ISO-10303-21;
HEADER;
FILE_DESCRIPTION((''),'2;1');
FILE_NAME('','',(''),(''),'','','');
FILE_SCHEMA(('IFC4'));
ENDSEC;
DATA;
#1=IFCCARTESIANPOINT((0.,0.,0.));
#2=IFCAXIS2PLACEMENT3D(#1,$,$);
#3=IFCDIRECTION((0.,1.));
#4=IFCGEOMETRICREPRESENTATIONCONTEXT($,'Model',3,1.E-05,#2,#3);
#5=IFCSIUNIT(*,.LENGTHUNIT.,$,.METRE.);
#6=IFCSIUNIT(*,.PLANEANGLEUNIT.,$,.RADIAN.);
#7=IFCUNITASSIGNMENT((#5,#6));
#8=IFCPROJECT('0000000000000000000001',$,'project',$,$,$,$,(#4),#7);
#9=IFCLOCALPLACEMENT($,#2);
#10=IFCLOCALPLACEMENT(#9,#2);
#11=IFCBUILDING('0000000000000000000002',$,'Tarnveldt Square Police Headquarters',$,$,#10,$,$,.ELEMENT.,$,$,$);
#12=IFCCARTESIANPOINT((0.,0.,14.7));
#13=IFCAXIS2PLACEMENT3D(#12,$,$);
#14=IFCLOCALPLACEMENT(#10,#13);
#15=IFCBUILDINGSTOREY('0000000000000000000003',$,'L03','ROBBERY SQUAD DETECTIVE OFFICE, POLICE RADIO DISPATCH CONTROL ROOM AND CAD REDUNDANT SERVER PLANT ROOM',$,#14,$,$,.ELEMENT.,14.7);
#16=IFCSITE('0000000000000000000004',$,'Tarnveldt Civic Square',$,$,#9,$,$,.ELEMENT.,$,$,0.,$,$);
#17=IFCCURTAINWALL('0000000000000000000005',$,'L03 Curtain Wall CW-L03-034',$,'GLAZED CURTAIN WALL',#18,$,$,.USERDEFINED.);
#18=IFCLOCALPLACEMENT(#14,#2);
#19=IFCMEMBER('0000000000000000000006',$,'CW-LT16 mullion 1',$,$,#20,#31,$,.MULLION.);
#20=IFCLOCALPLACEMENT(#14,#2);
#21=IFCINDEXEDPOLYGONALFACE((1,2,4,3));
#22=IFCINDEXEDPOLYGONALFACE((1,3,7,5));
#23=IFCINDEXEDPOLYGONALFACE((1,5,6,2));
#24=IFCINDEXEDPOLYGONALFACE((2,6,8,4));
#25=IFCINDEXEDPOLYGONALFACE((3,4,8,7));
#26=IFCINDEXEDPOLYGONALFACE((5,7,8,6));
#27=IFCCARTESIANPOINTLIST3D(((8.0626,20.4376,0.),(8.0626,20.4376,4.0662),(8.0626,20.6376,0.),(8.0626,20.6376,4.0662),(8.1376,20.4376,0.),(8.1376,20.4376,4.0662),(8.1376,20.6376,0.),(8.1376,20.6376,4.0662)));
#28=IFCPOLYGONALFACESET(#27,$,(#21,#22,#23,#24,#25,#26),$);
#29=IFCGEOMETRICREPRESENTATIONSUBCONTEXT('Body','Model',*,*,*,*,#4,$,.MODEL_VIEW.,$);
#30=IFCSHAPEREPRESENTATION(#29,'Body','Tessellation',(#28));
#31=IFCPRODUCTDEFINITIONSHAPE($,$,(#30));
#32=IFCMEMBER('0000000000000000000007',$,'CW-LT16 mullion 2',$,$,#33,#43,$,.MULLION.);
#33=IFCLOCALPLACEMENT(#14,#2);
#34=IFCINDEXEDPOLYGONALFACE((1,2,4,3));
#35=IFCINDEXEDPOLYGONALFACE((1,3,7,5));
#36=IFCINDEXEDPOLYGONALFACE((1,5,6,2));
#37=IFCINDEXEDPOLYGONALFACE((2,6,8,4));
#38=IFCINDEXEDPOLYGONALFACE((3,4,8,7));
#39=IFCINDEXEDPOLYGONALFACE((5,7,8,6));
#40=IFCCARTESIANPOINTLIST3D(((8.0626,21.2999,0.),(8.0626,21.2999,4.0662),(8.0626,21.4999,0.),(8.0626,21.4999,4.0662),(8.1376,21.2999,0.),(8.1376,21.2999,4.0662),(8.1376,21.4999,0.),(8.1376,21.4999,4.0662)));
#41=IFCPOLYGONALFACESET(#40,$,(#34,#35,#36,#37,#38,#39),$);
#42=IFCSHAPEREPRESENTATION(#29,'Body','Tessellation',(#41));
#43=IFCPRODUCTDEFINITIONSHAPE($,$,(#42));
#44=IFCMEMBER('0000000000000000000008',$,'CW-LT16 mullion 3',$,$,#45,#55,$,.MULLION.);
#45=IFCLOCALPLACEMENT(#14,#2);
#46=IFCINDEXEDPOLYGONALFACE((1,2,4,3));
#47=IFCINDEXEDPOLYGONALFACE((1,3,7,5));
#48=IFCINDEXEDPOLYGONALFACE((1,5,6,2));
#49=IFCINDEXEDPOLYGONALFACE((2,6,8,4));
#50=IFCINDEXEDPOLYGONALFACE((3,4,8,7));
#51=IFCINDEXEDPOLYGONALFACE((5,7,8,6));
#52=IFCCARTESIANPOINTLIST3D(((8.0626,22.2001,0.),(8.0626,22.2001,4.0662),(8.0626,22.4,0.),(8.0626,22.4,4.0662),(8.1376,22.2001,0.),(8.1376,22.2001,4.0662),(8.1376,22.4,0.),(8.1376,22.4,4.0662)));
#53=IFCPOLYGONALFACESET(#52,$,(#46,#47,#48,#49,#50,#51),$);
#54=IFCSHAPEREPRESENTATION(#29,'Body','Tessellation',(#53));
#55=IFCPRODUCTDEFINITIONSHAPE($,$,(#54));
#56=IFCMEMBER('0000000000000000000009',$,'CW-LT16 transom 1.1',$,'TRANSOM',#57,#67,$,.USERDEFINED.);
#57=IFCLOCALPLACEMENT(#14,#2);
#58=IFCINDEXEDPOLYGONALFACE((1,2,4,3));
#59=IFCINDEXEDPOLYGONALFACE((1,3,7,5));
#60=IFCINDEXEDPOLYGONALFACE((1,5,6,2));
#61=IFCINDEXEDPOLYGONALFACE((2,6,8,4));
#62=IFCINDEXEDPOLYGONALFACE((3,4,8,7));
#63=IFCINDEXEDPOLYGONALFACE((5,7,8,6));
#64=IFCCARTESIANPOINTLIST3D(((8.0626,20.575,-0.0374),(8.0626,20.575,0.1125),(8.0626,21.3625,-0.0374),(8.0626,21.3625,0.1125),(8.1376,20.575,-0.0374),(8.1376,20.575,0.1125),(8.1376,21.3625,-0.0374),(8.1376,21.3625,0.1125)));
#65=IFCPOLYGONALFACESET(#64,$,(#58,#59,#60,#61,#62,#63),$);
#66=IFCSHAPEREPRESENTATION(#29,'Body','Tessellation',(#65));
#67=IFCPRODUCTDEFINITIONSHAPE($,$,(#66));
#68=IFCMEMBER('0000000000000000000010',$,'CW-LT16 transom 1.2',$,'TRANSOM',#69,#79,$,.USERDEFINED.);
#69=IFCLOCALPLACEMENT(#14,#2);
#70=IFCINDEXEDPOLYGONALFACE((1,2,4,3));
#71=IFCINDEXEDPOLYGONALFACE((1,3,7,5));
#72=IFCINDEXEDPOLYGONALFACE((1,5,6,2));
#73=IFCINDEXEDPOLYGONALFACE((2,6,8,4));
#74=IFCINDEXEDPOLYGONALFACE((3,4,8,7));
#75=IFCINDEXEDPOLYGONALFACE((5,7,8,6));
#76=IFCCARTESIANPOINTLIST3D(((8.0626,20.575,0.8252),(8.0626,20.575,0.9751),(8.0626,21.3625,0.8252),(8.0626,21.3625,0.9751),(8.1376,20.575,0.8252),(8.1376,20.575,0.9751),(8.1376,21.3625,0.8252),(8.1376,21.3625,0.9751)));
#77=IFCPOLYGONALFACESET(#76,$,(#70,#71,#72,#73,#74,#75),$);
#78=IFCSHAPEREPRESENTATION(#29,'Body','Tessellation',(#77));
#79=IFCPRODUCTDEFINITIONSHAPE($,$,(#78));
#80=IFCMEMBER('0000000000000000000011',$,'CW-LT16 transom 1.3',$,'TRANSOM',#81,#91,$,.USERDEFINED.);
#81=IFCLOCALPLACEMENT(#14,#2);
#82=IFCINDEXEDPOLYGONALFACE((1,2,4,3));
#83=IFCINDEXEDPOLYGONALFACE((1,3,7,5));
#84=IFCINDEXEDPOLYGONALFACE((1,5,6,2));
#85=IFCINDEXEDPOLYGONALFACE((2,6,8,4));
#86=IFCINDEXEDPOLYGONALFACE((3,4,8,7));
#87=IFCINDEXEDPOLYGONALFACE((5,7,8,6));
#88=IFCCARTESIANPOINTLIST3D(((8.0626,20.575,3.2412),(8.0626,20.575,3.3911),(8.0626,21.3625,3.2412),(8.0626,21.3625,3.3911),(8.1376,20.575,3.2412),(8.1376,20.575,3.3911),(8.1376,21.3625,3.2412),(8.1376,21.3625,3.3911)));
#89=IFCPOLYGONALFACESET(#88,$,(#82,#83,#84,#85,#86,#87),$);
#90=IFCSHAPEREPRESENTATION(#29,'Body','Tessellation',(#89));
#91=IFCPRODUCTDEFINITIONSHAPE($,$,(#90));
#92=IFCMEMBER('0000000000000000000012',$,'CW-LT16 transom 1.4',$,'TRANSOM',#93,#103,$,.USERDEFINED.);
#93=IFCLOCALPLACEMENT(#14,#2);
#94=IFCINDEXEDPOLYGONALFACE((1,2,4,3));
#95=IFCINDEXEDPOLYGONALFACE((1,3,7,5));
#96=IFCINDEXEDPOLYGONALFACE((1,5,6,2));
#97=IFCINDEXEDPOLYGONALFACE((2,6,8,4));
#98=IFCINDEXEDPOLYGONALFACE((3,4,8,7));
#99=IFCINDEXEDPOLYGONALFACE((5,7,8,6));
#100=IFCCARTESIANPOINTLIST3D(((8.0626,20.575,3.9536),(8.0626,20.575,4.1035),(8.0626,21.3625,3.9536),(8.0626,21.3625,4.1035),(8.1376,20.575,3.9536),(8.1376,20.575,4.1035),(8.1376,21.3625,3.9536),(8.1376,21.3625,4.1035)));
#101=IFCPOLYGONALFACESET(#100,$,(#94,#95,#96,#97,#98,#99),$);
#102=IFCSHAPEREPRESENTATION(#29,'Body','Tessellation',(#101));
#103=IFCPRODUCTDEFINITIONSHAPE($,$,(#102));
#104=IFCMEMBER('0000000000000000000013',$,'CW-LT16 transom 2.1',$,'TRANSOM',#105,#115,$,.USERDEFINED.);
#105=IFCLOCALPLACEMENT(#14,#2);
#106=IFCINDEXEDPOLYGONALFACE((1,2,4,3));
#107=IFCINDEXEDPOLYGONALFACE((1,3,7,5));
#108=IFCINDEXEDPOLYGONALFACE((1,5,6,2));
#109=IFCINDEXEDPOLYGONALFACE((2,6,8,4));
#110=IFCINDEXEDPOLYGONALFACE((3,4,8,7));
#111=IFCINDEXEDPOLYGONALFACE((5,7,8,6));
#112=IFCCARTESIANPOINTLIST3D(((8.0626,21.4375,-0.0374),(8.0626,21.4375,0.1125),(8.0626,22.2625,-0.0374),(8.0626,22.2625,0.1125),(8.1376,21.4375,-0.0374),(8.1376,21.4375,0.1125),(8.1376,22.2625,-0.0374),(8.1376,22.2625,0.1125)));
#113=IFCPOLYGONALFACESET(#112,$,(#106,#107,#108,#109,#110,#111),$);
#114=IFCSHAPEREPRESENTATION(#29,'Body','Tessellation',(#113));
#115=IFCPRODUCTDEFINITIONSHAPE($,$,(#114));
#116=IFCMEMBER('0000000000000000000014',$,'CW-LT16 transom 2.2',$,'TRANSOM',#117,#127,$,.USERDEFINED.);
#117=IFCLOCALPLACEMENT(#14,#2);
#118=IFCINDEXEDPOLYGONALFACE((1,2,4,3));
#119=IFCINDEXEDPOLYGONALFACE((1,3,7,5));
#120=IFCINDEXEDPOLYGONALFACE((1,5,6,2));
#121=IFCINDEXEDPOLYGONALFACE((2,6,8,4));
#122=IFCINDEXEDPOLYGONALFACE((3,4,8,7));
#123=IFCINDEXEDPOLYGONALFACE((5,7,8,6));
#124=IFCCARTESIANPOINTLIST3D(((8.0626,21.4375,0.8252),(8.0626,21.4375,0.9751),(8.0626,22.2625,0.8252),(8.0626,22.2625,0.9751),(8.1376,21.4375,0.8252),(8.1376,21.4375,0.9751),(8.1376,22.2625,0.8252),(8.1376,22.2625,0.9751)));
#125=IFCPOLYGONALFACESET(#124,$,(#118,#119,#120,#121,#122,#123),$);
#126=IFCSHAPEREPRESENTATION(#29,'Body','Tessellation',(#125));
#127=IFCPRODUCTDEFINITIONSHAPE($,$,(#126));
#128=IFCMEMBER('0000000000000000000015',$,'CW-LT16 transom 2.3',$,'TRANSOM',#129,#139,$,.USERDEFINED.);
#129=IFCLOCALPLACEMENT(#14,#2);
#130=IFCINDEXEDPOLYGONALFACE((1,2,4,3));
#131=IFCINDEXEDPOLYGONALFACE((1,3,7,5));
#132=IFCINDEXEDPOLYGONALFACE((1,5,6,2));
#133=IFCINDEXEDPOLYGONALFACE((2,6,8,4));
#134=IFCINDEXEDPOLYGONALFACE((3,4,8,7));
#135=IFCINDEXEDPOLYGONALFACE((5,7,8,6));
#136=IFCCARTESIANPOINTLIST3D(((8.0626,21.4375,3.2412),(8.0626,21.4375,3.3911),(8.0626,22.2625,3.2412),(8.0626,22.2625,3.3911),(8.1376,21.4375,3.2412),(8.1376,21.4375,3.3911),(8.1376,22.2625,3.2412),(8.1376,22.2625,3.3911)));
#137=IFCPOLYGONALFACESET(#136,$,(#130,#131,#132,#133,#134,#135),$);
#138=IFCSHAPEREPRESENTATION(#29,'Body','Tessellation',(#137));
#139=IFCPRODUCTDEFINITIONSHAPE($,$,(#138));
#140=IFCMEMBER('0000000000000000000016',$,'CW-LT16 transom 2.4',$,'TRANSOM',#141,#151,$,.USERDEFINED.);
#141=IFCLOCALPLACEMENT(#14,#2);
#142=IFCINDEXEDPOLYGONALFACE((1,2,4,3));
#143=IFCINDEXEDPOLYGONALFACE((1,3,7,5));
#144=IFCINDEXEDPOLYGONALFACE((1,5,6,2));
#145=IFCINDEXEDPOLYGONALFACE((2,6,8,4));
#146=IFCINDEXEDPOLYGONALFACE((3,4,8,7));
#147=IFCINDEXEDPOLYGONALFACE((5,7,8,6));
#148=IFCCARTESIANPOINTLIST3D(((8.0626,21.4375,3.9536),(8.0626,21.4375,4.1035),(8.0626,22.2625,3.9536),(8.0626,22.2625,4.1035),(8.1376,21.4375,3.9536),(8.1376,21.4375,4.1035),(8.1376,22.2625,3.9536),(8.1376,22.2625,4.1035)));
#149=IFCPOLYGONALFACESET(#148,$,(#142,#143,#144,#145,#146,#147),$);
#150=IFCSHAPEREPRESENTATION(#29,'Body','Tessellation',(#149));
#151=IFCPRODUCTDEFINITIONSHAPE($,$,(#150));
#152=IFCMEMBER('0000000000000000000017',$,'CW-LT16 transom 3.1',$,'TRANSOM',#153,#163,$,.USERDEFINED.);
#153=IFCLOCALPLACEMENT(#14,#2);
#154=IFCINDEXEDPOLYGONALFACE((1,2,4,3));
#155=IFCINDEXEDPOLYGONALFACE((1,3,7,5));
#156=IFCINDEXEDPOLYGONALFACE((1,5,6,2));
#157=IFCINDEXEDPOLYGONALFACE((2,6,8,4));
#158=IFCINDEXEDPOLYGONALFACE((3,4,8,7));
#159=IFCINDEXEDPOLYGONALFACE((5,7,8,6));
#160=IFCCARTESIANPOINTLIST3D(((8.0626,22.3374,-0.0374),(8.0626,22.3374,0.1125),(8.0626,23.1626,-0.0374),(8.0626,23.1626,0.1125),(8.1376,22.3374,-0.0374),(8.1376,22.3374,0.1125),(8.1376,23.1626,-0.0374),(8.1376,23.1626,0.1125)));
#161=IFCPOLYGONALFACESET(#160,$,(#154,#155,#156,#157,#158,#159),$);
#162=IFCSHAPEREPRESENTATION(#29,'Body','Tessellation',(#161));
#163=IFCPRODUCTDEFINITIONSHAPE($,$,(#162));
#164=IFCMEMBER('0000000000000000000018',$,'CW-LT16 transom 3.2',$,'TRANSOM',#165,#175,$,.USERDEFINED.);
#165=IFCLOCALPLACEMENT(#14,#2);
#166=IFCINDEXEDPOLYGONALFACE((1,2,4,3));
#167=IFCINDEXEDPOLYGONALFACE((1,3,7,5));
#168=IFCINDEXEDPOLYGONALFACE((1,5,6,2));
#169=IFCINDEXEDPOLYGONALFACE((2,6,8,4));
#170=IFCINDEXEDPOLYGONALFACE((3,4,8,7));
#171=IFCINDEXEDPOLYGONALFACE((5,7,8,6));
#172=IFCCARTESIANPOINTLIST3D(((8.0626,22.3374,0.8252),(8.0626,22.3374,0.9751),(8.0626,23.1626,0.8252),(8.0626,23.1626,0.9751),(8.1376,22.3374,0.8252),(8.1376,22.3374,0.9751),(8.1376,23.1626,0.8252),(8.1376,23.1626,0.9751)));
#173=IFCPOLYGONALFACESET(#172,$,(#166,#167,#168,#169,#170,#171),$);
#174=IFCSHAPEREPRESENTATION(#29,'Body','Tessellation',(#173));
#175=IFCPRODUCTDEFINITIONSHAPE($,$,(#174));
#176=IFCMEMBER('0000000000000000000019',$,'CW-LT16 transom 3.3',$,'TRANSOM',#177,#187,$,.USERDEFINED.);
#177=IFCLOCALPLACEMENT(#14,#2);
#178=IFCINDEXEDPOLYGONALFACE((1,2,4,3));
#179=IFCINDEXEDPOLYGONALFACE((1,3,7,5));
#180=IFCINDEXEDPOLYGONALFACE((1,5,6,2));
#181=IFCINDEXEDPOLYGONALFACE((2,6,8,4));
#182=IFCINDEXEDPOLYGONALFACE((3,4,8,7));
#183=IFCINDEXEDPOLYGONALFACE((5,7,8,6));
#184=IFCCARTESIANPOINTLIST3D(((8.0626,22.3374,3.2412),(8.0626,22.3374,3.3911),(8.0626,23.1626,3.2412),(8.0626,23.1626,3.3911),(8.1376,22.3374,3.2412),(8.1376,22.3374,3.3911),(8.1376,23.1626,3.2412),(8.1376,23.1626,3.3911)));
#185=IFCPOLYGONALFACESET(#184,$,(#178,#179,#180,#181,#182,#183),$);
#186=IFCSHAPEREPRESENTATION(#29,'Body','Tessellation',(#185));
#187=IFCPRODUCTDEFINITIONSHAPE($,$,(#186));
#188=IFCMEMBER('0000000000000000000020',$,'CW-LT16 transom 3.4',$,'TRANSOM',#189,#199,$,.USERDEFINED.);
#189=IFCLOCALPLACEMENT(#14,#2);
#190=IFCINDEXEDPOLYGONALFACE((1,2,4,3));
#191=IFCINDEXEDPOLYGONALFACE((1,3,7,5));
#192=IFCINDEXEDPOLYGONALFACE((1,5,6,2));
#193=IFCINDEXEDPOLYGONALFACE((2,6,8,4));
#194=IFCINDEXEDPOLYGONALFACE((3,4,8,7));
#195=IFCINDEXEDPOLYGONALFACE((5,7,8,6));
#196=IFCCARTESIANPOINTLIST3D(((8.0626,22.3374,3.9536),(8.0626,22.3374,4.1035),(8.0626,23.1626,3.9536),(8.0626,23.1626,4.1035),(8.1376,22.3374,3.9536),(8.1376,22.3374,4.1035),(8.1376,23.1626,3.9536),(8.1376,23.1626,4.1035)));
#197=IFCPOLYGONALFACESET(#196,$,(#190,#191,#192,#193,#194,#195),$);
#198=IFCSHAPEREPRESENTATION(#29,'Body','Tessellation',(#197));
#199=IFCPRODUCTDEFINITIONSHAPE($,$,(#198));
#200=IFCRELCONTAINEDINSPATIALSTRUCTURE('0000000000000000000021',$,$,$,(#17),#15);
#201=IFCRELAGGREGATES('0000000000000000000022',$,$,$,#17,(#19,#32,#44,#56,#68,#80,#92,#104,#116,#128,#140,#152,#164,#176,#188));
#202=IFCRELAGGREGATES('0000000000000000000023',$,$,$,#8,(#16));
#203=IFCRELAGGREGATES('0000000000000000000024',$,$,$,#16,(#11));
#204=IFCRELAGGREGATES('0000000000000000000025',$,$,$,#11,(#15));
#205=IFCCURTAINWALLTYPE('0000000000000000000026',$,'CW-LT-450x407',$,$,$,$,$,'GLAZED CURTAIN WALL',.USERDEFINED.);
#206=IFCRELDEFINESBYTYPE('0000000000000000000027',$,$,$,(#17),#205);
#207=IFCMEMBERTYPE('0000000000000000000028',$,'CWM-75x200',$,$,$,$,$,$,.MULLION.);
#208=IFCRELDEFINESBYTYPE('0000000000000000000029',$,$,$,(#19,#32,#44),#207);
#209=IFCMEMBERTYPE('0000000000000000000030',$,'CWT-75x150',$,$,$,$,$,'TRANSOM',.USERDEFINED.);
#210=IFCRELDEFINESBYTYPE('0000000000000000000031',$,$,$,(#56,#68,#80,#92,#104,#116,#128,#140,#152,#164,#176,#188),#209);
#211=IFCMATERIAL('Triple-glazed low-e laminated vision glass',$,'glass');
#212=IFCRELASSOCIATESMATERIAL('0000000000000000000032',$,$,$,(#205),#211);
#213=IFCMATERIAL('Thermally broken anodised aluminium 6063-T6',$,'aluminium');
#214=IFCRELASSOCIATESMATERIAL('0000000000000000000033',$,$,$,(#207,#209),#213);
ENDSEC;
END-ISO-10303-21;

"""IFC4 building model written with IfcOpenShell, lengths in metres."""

from ifc_helpers import new_model, si_unit, direction, frame, origin, origin_2d, place, context, subcontext, project, spatial, rectangle, extrude, material, material_profile, profile_set, type_object, element, aggregate, save


model = new_model("IFC4")

# Units and contexts
model_context = context("Model", 3, precision=1e-05, world=origin(), true_north=direction((0.0, 1.0)))
body_context = subcontext(model_context, "Body", "Model", "MODEL_VIEW")
ifc_project = project(units=[si_unit("LENGTHUNIT", "METRE"), si_unit("PLANEANGLEUNIT", "RADIAN")], contexts=[model_context])

# Site, building, storey
site_placement = place(None, origin())
site = spatial("IfcSite", under=ifc_project, at=site_placement, Name="Tarnveldt Civic Square", CompositionType="ELEMENT", RefElevation=0.0)
building_placement = place(site_placement, origin())
building = spatial("IfcBuilding", under=site, at=building_placement, Name="Tarnveldt Square Police Headquarters", CompositionType="ELEMENT")
storey_placement = place(building_placement, frame((0.0, 0.0, 14.7)))
storey = spatial("IfcBuildingStorey", under=building, at=storey_placement, Name="L03", Description="ROBBERY SQUAD DETECTIVE OFFICE, POLICE RADIO DISPATCH CONTROL ROOM AND CAD REDUNDANT SERVER PLANT ROOM", CompositionType="ELEMENT", Elevation=14.7)

# Curtain wall, members
ifc_material_1 = material(Name="Triple-glazed low-e laminated vision glass", Category="glass")
curtain_wall_type = type_object("IfcCurtainWallType", Name="CW-LT-450x407", ElementType="GLAZED CURTAIN WALL", PredefinedType="USERDEFINED", material=ifc_material_1)
curtain_wall_placement = place(storey_placement, origin())
curtain_wall = element("IfcCurtainWall", 1, at=curtain_wall_placement, inside=storey, type_object=curtain_wall_type, Name="L03 Curtain Wall CW-L03-034", ObjectType="GLAZED CURTAIN WALL", PredefinedType="USERDEFINED")
ifc_material_2 = material(Name="Thermally broken anodised aluminium 6063-T6", Category="aluminium")
ifc_material_profile_1 = material_profile(ifc_material_2, rectangle(XDim=0.075, YDim=0.2, at=origin_2d()), Name="CW-M75x200")
ifc_profile_set_1 = profile_set([ifc_material_profile_1], Name="Thermally broken anodised aluminium 6063-T6")
member_type_1 = type_object("IfcMemberType", Name="CWM-75x200", PredefinedType="MULLION", material=ifc_profile_set_1)
member_1_placement = place(storey_placement, frame((8.1001, 20.5376, 0.0), z_axis=(0.0, 0.0, 1.0), x_axis=(-1.0, 0.0, 0.0)))
member_1 = element("IfcMember", 2, at=member_1_placement, type_object=member_type_1, Name="CW-LT16 mullion 1", PredefinedType="MULLION", context=body_context, shape_type="SweptSolid", body=[
    extrude(rectangle(XDim=0.075, YDim=0.2, at=origin_2d()), origin(), (0.0, 0.0, 1.0), 4.0662),
])
member_2_placement = place(storey_placement, frame((8.1001, 21.3999, 0.0), z_axis=(0.0, 0.0, 1.0), x_axis=(-1.0, 0.0, 0.0)))
member_2 = element("IfcMember", 3, at=member_2_placement, type_object=member_type_1, Name="CW-LT16 mullion 2", PredefinedType="MULLION", context=body_context, shape_type="SweptSolid", body=[
    extrude(rectangle(XDim=0.075, YDim=0.2, at=origin_2d()), origin(), (0.0, 0.0, 1.0), 4.0662),
])
member_3_placement = place(storey_placement, frame((8.1001, 22.3, 0.0), z_axis=(0.0, 0.0, 1.0), x_axis=(-1.0, 0.0, 0.0)))
member_3 = element("IfcMember", 4, at=member_3_placement, type_object=member_type_1, Name="CW-LT16 mullion 3", PredefinedType="MULLION", context=body_context, shape_type="SweptSolid", body=[
    extrude(rectangle(XDim=0.075, YDim=0.2, at=origin_2d()), origin(), (0.0, 0.0, 1.0), 4.0662),
])
ifc_material_profile_2 = material_profile(ifc_material_2, rectangle(XDim=0.075, YDim=0.1499, at=origin_2d()), Name="CW-T75x150")
ifc_profile_set_2 = profile_set([ifc_material_profile_2], Name="Thermally broken anodised aluminium 6063-T6")
member_type_2 = type_object("IfcMemberType", Name="CWT-75x150", ElementType="TRANSOM", PredefinedType="USERDEFINED", material=ifc_profile_set_2)
member_4_placement = place(storey_placement, frame((8.1001, 20.575, 0.0376), z_axis=(0.0, 1.0, 0.0), x_axis=(-1.0, 0.0, 0.0)))
member_4 = element("IfcMember", 5, at=member_4_placement, type_object=member_type_2, Name="CW-LT16 transom 1.1", ObjectType="TRANSOM", PredefinedType="USERDEFINED", context=body_context, shape_type="SweptSolid", body=[
    extrude(rectangle(XDim=0.075, YDim=0.1499, at=origin_2d()), origin(), (0.0, 0.0, 1.0), 0.7876),
])
member_5_placement = place(storey_placement, frame((8.1001, 20.575, 0.9001), z_axis=(0.0, 1.0, 0.0), x_axis=(-1.0, 0.0, 0.0)))
member_5 = element("IfcMember", 6, at=member_5_placement, type_object=member_type_2, Name="CW-LT16 transom 1.2", ObjectType="TRANSOM", PredefinedType="USERDEFINED", context=body_context, shape_type="SweptSolid", body=[
    extrude(rectangle(XDim=0.075, YDim=0.1499, at=origin_2d()), origin(), (0.0, 0.0, 1.0), 0.7876),
])
member_6_placement = place(storey_placement, frame((8.1001, 20.575, 3.3162), z_axis=(0.0, 1.0, 0.0), x_axis=(-1.0, 0.0, 0.0)))
member_6 = element("IfcMember", 7, at=member_6_placement, type_object=member_type_2, Name="CW-LT16 transom 1.3", ObjectType="TRANSOM", PredefinedType="USERDEFINED", context=body_context, shape_type="SweptSolid", body=[
    extrude(rectangle(XDim=0.075, YDim=0.1499, at=origin_2d()), origin(), (0.0, 0.0, 1.0), 0.7876),
])
member_7_placement = place(storey_placement, frame((8.1001, 20.575, 4.0286), z_axis=(0.0, 1.0, 0.0), x_axis=(-1.0, 0.0, 0.0)))
member_7 = element("IfcMember", 8, at=member_7_placement, type_object=member_type_2, Name="CW-LT16 transom 1.4", ObjectType="TRANSOM", PredefinedType="USERDEFINED", context=body_context, shape_type="SweptSolid", body=[
    extrude(rectangle(XDim=0.075, YDim=0.1499, at=origin_2d()), origin(), (0.0, 0.0, 1.0), 0.7876),
])
member_8_placement = place(storey_placement, frame((8.1001, 21.4375, 0.0376), z_axis=(0.0, 1.0, 0.0), x_axis=(-1.0, 0.0, 0.0)))
member_8 = element("IfcMember", 9, at=member_8_placement, type_object=member_type_2, Name="CW-LT16 transom 2.1", ObjectType="TRANSOM", PredefinedType="USERDEFINED", context=body_context, shape_type="SweptSolid", body=[
    extrude(rectangle(XDim=0.075, YDim=0.1499, at=origin_2d()), origin(), (0.0, 0.0, 1.0), 0.825),
])
member_9_placement = place(storey_placement, frame((8.1001, 21.4375, 0.9001), z_axis=(0.0, 1.0, 0.0), x_axis=(-1.0, 0.0, 0.0)))
member_9 = element("IfcMember", 10, at=member_9_placement, type_object=member_type_2, Name="CW-LT16 transom 2.2", ObjectType="TRANSOM", PredefinedType="USERDEFINED", context=body_context, shape_type="SweptSolid", body=[
    extrude(rectangle(XDim=0.075, YDim=0.1499, at=origin_2d()), origin(), (0.0, 0.0, 1.0), 0.825),
])
member_10_placement = place(storey_placement, frame((8.1001, 21.4375, 3.3162), z_axis=(0.0, 1.0, 0.0), x_axis=(-1.0, 0.0, 0.0)))
member_10 = element("IfcMember", 11, at=member_10_placement, type_object=member_type_2, Name="CW-LT16 transom 2.3", ObjectType="TRANSOM", PredefinedType="USERDEFINED", context=body_context, shape_type="SweptSolid", body=[
    extrude(rectangle(XDim=0.075, YDim=0.1499, at=origin_2d()), origin(), (0.0, 0.0, 1.0), 0.825),
])
member_11_placement = place(storey_placement, frame((8.1001, 21.4375, 4.0286), z_axis=(0.0, 1.0, 0.0), x_axis=(-1.0, 0.0, 0.0)))
member_11 = element("IfcMember", 12, at=member_11_placement, type_object=member_type_2, Name="CW-LT16 transom 2.4", ObjectType="TRANSOM", PredefinedType="USERDEFINED", context=body_context, shape_type="SweptSolid", body=[
    extrude(rectangle(XDim=0.075, YDim=0.1499, at=origin_2d()), origin(), (0.0, 0.0, 1.0), 0.825),
])
member_12_placement = place(storey_placement, frame((8.1001, 22.3374, 0.0376), z_axis=(0.0, 1.0, 0.0), x_axis=(-1.0, 0.0, 0.0)))
member_12 = element("IfcMember", 13, at=member_12_placement, type_object=member_type_2, Name="CW-LT16 transom 3.1", ObjectType="TRANSOM", PredefinedType="USERDEFINED", context=body_context, shape_type="SweptSolid", body=[
    extrude(rectangle(XDim=0.075, YDim=0.1499, at=origin_2d()), origin(), (0.0, 0.0, 1.0), 0.8252),
])
member_13_placement = place(storey_placement, frame((8.1001, 22.3374, 0.9001), z_axis=(0.0, 1.0, 0.0), x_axis=(-1.0, 0.0, 0.0)))
member_13 = element("IfcMember", 14, at=member_13_placement, type_object=member_type_2, Name="CW-LT16 transom 3.2", ObjectType="TRANSOM", PredefinedType="USERDEFINED", context=body_context, shape_type="SweptSolid", body=[
    extrude(rectangle(XDim=0.075, YDim=0.1499, at=origin_2d()), origin(), (0.0, 0.0, 1.0), 0.8252),
])
member_14_placement = place(storey_placement, frame((8.1001, 22.3374, 3.3162), z_axis=(0.0, 1.0, 0.0), x_axis=(-1.0, 0.0, 0.0)))
member_14 = element("IfcMember", 15, at=member_14_placement, type_object=member_type_2, Name="CW-LT16 transom 3.3", ObjectType="TRANSOM", PredefinedType="USERDEFINED", context=body_context, shape_type="SweptSolid", body=[
    extrude(rectangle(XDim=0.075, YDim=0.1499, at=origin_2d()), origin(), (0.0, 0.0, 1.0), 0.8252),
])
member_15_placement = place(storey_placement, frame((8.1001, 22.3374, 4.0286), z_axis=(0.0, 1.0, 0.0), x_axis=(-1.0, 0.0, 0.0)))
member_15 = element("IfcMember", 16, at=member_15_placement, type_object=member_type_2, Name="CW-LT16 transom 3.4", ObjectType="TRANSOM", PredefinedType="USERDEFINED", context=body_context, shape_type="SweptSolid", body=[
    extrude(rectangle(XDim=0.075, YDim=0.1499, at=origin_2d()), origin(), (0.0, 0.0, 1.0), 0.8252),
])

aggregate(curtain_wall, [member_1, member_2, member_3, member_4, member_5, member_6, member_7, member_8, member_9, member_10, member_11, member_12, member_13, member_14, member_15])

save(model, "model.ifc")
